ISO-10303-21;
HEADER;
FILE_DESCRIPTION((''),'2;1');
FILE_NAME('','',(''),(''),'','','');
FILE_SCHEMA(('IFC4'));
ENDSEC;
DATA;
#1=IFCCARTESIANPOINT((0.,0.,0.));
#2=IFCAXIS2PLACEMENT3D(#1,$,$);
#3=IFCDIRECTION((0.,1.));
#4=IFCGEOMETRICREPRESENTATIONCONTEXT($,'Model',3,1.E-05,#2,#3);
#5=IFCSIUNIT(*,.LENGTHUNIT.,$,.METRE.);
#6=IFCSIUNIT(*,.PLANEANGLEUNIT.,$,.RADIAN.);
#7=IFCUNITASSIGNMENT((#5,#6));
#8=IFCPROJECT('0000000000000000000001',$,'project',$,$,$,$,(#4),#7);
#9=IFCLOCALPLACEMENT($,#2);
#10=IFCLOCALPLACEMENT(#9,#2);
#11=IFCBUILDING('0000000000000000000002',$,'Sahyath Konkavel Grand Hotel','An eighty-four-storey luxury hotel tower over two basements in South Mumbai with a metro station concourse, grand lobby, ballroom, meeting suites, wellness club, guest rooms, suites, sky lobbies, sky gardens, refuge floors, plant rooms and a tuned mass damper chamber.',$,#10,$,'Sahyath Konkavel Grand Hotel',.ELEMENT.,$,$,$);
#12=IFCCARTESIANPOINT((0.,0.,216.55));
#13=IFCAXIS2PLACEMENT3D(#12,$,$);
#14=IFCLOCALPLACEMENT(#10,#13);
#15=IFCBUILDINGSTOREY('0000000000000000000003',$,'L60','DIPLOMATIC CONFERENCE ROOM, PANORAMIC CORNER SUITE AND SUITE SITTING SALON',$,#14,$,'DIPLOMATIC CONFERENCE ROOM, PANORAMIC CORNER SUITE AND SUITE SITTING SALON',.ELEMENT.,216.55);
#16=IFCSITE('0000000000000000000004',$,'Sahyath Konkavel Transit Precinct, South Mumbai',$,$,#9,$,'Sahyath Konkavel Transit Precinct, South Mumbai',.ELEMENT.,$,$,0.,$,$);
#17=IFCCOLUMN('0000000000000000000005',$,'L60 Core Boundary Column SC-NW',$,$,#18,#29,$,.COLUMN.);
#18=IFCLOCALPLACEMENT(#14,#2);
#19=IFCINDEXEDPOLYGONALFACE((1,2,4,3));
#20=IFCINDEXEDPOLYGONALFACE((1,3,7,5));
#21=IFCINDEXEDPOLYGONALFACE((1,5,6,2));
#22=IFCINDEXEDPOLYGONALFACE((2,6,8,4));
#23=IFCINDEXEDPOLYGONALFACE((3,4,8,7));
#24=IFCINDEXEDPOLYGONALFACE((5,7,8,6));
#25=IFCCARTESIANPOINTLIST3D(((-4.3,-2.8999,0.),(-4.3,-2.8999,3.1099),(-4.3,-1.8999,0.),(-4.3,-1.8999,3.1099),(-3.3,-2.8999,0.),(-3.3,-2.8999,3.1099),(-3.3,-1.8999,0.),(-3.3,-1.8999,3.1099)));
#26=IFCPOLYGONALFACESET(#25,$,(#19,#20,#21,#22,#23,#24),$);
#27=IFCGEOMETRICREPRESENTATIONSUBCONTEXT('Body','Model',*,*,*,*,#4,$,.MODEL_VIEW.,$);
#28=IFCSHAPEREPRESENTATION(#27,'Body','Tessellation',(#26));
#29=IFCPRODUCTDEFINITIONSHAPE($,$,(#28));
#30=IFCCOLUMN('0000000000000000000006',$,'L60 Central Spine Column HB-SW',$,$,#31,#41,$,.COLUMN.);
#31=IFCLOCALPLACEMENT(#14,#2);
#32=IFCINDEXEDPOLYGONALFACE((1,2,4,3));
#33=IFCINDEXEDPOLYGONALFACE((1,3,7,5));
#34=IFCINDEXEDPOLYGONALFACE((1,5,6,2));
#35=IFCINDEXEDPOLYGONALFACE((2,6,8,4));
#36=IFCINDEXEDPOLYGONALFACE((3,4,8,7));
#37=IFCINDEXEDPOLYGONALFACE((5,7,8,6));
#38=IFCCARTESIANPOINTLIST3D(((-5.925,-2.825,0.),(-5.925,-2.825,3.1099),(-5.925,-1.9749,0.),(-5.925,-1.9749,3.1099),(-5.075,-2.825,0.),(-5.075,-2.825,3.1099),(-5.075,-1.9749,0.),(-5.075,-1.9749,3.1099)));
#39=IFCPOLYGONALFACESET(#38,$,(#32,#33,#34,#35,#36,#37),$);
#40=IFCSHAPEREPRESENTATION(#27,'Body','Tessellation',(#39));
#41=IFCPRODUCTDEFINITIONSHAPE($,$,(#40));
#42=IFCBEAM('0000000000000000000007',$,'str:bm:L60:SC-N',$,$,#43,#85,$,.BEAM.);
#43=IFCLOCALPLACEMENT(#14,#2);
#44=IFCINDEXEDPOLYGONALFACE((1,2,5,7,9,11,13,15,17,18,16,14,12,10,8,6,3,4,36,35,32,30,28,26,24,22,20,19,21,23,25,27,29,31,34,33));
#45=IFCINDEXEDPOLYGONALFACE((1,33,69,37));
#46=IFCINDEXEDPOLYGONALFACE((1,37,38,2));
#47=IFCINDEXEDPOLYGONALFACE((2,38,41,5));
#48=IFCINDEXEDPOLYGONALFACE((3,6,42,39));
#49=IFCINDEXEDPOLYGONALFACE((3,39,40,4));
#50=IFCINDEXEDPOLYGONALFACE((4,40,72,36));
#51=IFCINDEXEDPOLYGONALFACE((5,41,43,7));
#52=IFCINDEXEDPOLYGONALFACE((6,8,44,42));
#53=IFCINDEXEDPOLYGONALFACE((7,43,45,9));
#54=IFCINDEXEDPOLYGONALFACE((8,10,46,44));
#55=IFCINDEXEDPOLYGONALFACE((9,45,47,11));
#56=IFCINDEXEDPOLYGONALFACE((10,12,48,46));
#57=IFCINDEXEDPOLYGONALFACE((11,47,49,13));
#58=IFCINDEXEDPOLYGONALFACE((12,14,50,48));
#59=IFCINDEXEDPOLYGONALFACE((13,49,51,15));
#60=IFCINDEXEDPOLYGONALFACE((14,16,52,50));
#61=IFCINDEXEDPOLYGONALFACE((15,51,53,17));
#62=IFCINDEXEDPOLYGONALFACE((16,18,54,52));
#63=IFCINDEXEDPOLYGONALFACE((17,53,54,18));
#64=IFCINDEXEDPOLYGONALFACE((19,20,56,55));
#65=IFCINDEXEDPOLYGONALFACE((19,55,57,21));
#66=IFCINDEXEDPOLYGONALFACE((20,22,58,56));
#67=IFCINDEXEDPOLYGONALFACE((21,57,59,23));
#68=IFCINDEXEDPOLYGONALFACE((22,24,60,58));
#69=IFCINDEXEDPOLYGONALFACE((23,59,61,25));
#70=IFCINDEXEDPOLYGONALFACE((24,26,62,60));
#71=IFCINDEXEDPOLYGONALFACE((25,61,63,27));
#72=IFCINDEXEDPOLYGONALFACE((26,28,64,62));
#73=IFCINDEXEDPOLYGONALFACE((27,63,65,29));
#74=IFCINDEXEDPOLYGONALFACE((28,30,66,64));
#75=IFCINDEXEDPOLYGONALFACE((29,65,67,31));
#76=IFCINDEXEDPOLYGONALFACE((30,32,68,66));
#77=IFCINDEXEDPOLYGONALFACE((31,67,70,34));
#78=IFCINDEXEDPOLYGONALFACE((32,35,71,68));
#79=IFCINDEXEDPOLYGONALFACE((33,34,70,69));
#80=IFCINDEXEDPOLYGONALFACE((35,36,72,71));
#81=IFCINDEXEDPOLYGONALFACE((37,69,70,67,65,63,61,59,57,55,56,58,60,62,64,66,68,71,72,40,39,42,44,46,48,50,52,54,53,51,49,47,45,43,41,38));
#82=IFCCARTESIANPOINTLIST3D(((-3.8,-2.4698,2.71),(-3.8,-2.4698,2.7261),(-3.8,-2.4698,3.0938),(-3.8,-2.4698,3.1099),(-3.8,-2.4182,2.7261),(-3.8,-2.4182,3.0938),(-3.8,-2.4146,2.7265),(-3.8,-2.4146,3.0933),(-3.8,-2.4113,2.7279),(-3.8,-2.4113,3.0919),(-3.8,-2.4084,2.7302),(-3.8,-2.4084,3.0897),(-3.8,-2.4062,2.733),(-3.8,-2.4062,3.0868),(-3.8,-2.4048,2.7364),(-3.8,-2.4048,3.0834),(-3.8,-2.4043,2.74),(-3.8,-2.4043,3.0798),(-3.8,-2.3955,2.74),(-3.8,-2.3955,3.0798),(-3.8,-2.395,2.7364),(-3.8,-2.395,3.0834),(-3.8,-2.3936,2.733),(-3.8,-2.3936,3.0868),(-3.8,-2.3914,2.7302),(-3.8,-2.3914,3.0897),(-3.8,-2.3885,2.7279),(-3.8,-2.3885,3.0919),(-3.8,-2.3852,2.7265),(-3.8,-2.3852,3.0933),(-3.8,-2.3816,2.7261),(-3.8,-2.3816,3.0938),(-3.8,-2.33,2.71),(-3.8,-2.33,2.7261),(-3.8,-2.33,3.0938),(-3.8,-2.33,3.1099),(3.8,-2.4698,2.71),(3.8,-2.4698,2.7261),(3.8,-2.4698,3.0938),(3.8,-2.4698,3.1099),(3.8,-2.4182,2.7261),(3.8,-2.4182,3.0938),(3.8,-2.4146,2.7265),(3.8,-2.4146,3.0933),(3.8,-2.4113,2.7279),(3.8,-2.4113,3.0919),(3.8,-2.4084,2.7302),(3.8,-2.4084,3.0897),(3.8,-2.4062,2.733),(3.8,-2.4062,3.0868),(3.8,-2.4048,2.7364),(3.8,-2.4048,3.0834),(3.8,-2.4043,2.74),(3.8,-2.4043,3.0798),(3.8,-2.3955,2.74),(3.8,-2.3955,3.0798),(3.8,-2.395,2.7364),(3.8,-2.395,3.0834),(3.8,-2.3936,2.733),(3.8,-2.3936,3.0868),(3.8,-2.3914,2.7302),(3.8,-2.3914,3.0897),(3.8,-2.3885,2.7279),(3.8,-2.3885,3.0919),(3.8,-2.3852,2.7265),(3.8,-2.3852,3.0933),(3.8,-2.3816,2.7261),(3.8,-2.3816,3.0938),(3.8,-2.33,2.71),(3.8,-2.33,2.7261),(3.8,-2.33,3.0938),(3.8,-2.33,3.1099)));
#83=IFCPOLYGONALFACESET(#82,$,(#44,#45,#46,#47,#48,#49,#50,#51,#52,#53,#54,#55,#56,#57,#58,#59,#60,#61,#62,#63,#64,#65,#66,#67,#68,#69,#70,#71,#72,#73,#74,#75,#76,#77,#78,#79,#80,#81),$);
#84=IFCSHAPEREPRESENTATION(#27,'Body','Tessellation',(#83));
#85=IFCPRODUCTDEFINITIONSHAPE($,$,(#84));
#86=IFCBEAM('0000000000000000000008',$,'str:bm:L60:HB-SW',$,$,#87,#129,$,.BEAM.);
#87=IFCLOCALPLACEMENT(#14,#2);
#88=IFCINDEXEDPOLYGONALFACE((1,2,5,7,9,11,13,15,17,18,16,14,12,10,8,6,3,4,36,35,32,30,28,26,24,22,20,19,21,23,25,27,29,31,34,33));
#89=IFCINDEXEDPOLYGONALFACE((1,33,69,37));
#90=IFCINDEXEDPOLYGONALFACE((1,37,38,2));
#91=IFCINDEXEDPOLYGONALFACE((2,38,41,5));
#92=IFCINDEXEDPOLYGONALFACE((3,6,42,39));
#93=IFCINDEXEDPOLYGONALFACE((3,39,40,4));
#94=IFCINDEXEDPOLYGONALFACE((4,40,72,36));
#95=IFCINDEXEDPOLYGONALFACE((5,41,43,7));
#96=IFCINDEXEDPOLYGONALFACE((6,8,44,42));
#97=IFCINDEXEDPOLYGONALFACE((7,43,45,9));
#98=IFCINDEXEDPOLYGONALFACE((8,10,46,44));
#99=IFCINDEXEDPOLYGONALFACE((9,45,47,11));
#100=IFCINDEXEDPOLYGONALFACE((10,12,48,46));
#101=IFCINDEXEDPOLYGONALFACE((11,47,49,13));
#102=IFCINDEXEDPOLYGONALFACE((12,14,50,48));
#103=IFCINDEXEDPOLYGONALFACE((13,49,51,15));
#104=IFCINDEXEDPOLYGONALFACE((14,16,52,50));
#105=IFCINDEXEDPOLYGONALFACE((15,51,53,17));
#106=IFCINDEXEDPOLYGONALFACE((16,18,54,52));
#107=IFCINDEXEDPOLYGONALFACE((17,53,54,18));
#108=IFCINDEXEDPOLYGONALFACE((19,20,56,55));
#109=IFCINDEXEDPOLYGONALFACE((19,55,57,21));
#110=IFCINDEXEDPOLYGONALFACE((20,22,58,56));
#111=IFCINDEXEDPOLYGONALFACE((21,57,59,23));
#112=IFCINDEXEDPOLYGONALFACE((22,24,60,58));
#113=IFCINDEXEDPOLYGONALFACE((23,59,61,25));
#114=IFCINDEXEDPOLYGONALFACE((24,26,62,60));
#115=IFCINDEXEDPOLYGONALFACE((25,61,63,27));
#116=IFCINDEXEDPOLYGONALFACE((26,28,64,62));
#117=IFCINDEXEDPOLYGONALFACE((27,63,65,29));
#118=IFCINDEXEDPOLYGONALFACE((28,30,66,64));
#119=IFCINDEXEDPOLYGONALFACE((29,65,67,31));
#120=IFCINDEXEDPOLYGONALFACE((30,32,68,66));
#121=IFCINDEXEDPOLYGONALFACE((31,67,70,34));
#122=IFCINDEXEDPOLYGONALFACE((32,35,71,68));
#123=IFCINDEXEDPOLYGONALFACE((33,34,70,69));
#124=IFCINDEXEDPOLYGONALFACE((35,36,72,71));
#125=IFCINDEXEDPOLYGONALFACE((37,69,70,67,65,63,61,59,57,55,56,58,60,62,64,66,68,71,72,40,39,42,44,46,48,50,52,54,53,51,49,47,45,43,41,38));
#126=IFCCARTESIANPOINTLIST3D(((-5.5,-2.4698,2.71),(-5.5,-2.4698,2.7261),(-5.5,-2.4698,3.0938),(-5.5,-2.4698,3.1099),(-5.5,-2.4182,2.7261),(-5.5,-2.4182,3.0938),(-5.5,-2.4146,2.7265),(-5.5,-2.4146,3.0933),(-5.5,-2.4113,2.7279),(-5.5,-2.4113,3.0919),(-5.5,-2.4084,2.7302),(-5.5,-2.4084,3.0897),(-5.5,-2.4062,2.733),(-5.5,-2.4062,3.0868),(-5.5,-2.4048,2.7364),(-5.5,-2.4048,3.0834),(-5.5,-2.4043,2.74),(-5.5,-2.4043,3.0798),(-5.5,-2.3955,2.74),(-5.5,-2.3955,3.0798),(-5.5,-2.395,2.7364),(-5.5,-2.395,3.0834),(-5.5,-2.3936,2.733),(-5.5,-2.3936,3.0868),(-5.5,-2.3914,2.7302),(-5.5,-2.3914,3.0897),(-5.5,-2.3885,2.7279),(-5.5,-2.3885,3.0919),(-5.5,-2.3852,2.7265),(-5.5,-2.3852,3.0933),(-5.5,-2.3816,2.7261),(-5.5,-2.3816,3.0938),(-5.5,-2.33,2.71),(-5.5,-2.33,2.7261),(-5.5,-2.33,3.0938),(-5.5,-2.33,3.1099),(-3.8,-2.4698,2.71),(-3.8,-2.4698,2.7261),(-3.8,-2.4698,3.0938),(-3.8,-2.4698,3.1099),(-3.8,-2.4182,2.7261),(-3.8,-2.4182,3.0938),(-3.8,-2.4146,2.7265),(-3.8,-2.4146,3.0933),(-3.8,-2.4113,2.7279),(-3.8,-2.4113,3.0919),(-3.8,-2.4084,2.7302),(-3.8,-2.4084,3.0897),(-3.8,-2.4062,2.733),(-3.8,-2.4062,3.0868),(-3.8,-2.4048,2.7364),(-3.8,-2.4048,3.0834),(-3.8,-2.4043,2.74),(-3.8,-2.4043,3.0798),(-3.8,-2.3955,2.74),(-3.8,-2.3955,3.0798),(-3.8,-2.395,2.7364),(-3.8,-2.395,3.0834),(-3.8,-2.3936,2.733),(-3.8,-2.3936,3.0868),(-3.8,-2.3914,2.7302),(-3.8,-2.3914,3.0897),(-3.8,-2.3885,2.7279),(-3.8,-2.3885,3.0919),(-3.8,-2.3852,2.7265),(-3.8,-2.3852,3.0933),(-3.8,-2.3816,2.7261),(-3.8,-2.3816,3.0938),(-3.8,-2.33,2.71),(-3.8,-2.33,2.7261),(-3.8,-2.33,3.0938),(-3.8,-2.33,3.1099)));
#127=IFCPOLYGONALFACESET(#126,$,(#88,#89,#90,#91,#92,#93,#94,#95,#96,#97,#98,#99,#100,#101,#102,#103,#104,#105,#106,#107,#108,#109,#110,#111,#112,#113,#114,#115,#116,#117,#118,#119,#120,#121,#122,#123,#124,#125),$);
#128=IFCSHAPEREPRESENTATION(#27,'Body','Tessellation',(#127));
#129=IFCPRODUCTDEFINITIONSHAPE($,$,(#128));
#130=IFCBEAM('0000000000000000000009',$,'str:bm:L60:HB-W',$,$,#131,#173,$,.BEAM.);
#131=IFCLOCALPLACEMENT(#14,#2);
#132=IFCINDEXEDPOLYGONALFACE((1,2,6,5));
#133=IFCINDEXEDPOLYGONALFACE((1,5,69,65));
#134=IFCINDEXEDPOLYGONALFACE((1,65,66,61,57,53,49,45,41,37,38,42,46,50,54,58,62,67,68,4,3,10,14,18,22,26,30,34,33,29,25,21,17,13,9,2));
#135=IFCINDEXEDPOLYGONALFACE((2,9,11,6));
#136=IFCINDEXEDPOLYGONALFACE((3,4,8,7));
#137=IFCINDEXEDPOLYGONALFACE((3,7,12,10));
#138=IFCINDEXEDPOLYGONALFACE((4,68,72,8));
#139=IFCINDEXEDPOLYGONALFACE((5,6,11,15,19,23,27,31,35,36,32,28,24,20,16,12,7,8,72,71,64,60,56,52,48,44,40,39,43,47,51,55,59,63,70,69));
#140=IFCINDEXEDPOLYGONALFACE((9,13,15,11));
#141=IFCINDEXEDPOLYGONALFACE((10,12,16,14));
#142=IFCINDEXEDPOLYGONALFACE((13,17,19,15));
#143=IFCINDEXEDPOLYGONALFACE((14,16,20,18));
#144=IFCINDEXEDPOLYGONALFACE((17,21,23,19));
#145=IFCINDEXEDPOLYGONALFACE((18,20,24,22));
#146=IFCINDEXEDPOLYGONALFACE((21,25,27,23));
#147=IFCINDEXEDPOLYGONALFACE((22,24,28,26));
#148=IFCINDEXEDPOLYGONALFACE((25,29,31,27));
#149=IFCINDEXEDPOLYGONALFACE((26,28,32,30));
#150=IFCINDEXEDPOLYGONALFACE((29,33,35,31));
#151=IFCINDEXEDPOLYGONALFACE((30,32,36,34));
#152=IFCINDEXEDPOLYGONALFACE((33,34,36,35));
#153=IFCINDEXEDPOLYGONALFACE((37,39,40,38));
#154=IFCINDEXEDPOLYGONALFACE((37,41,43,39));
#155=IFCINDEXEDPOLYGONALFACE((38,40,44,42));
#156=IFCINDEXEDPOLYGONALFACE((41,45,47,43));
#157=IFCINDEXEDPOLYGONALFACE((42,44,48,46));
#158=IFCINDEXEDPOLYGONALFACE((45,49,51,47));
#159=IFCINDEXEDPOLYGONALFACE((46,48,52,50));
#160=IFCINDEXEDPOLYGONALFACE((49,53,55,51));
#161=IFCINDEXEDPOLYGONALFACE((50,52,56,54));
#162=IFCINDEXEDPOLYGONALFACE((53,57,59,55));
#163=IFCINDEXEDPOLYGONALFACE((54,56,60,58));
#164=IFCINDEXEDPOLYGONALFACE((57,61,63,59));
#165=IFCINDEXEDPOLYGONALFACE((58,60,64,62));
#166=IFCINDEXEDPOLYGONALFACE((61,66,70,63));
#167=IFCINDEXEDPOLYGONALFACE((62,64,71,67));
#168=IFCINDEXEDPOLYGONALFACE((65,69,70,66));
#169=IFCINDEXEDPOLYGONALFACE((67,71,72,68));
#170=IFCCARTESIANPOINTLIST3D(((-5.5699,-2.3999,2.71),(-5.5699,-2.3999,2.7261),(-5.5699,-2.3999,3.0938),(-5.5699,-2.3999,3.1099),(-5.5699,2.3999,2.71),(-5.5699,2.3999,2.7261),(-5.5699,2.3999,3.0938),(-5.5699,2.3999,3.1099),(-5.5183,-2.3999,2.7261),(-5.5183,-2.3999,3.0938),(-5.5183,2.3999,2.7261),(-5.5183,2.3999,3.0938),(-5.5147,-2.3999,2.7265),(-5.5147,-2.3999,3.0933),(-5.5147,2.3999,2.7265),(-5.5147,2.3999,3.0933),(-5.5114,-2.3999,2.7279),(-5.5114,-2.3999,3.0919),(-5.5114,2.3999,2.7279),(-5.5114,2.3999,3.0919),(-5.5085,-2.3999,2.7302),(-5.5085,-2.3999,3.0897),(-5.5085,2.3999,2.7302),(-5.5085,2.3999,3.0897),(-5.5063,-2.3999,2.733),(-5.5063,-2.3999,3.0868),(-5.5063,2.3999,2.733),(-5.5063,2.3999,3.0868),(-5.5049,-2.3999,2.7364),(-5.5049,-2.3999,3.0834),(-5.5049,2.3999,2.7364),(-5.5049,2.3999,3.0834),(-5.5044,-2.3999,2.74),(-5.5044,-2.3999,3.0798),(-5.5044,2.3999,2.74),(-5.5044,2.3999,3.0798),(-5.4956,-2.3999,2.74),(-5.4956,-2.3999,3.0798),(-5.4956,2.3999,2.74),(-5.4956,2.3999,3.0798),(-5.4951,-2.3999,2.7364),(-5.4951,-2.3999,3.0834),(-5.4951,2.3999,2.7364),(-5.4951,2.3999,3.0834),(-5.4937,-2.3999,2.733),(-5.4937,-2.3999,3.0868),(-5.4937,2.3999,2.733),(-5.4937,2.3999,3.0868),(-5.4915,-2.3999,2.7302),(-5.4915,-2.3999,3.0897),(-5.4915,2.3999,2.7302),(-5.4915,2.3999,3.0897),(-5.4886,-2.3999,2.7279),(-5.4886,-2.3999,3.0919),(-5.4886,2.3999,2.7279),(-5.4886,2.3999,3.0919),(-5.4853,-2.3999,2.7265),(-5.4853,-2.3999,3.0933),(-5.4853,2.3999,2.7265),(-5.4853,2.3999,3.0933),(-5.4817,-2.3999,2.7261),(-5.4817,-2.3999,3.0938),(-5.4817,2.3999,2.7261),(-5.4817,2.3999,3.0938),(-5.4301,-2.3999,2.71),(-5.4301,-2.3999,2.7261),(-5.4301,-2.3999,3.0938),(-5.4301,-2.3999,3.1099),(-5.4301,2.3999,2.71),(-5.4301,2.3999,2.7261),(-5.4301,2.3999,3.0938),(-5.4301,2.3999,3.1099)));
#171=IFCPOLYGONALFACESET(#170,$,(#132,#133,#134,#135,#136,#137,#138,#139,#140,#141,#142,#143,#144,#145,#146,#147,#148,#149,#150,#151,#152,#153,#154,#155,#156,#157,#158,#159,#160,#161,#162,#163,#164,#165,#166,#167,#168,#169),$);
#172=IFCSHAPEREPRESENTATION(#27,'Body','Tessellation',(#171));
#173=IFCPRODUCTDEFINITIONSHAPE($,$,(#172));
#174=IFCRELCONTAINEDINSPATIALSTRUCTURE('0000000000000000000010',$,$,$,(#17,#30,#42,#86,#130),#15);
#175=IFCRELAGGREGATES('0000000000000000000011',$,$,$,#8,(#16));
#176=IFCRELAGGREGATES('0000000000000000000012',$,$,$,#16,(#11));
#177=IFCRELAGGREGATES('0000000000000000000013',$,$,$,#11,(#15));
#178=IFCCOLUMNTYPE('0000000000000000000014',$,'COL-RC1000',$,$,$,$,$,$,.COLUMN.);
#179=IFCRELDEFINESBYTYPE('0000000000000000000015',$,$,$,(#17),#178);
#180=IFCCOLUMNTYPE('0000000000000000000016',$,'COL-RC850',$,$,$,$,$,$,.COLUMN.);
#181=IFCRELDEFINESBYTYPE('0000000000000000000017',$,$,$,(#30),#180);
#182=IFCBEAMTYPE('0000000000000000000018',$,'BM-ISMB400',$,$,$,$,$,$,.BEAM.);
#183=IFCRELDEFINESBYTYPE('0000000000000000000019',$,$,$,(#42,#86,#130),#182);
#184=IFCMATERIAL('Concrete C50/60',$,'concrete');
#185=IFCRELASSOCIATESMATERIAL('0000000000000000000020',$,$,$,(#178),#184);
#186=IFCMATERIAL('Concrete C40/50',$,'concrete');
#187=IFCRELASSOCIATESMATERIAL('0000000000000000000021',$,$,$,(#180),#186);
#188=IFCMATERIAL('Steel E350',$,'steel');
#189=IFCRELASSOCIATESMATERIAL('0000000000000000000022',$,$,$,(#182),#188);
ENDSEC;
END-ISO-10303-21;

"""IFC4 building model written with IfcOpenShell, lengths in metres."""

from ifc_helpers import new_model, si_unit, direction, frame, origin, origin_2d, place, context, subcontext, project, spatial, rectangle, i_section, extrude, source, transform, mapped, material, material_profile, profile_set, type_object, element, save


model = new_model("IFC4")

# Units and contexts
model_context = context("Model", 3, precision=1e-05, world=origin(), true_north=direction((0.0, 1.0)))
body_context = subcontext(model_context, "Body", "Model", "MODEL_VIEW")
ifc_project = project(units=[si_unit("LENGTHUNIT", "METRE"), si_unit("PLANEANGLEUNIT", "RADIAN")], contexts=[model_context])

# Site, building, storey
site_placement = place(None, origin())
site = spatial("IfcSite", under=ifc_project, at=site_placement, Name="Sahyath Konkavel Transit Precinct, South Mumbai", LongName="Sahyath Konkavel Transit Precinct, South Mumbai", CompositionType="ELEMENT", RefElevation=0.0)
building_placement = place(site_placement, origin())
building = spatial("IfcBuilding", under=site, at=building_placement, Name="Sahyath Konkavel Grand Hotel", Description="An eighty-four-storey luxury hotel tower over two basements in South Mumbai with a metro station concourse, grand lobby, ballroom, meeting suites, wellness club, guest rooms, suites, sky lobbies, sky gardens, refuge floors, plant rooms and a tuned mass damper chamber.", LongName="Sahyath Konkavel Grand Hotel", CompositionType="ELEMENT")
storey_placement = place(building_placement, frame((0.0, 0.0, 216.55)))
storey = spatial("IfcBuildingStorey", under=building, at=storey_placement, Name="L60", Description="DIPLOMATIC CONFERENCE ROOM, PANORAMIC CORNER SUITE AND SUITE SITTING SALON", LongName="DIPLOMATIC CONFERENCE ROOM, PANORAMIC CORNER SUITE AND SUITE SITTING SALON", CompositionType="ELEMENT", Elevation=216.55)

# Columns
ifc_material_1 = material(Name="Concrete C50/60", Category="concrete")
ifc_material_profile_1 = material_profile(ifc_material_1, rectangle(XDim=1.0, YDim=1.0, at=origin_2d()), Name="RC 1000x1000")
ifc_profile_set_1 = profile_set([ifc_material_profile_1], Name="Concrete C50/60")
column_type_1 = type_object("IfcColumnType", Name="COL-RC1000", PredefinedType="COLUMN", material=ifc_profile_set_1)
shared_shape_1 = source(origin(), body_context, "Body", "SweptSolid", [
    extrude(rectangle(XDim=1.0, YDim=1.0, at=origin_2d()), origin(), (0.0, 0.0, 1.0), 3.1099),
])
column_1_placement = place(storey_placement, frame((-3.8, -2.3999, 0.0), z_axis=(0.0, 0.0, 1.0), x_axis=(1.0, 0.0, 0.0)))
element("IfcColumn", 1, at=column_1_placement, inside=storey, type_object=column_type_1, Name="L60 Core Boundary Column SC-NW", PredefinedType="COLUMN", context=body_context, shape_type="MappedRepresentation", body=[
    mapped(shared_shape_1, transform((0.0, 0.0, 0.0), scale=1.0)),
])
ifc_material_2 = material(Name="Concrete C40/50", Category="concrete")
ifc_material_profile_2 = material_profile(ifc_material_2, rectangle(XDim=0.8501, YDim=0.8501, at=origin_2d()), Name="RC 850x850")
ifc_profile_set_2 = profile_set([ifc_material_profile_2], Name="Concrete C40/50")
column_type_2 = type_object("IfcColumnType", Name="COL-RC850", PredefinedType="COLUMN", material=ifc_profile_set_2)
shared_shape_2 = source(origin(), body_context, "Body", "SweptSolid", [
    extrude(rectangle(XDim=0.8501, YDim=0.8501, at=origin_2d()), origin(), (0.0, 0.0, 1.0), 3.1099),
])
column_2_placement = place(storey_placement, frame((-5.5, -2.3999, 0.0), z_axis=(0.0, 0.0, 1.0), x_axis=(1.0, 0.0, 0.0)))
element("IfcColumn", 2, at=column_2_placement, inside=storey, type_object=column_type_2, Name="L60 Central Spine Column HB-SW", PredefinedType="COLUMN", context=body_context, shape_type="MappedRepresentation", body=[
    mapped(shared_shape_2, transform((0.0, 0.0, 0.0), scale=1.0)),
])

# Beams
ifc_material_3 = material(Name="Steel E350", Category="steel")
ifc_material_profile_3 = material_profile(ifc_material_3, i_section(OverallWidth=0.1399, OverallDepth=0.3999, WebThickness=0.0088, FlangeThickness=0.0161, FilletRadius=0.0139, at=origin_2d()), Name="ISMB 400")
ifc_profile_set_3 = profile_set([ifc_material_profile_3], Name="Steel E350")
beam_type_1 = type_object("IfcBeamType", Name="BM-ISMB400", PredefinedType="BEAM", material=ifc_profile_set_3)
shared_shape_3 = source(origin(), body_context, "Body", "SweptSolid", [
    extrude(i_section(OverallWidth=0.1399, OverallDepth=0.3999, WebThickness=0.0088, FlangeThickness=0.0161, FilletRadius=0.0139, at=origin_2d()), origin(), (0.0, 0.0, 1.0), 7.6001),
])
beam_1_placement = place(storey_placement, frame((-3.8, -2.3999, 2.9099), z_axis=(1.0, 0.0, 0.0), x_axis=(0.0, 1.0, 0.0)))
element("IfcBeam", 3, at=beam_1_placement, inside=storey, type_object=beam_type_1, Name="str:bm:L60:SC-N", PredefinedType="BEAM", context=body_context, shape_type="MappedRepresentation", body=[
    mapped(shared_shape_3, transform((0.0, 0.0, 0.0), scale=1.0)),
])
shared_shape_4 = source(origin(), body_context, "Body", "SweptSolid", [
    extrude(i_section(OverallWidth=0.1399, OverallDepth=0.3999, WebThickness=0.0088, FlangeThickness=0.0161, FilletRadius=0.0139, at=origin_2d()), origin(), (0.0, 0.0, 1.0), 1.7),
])
beam_2_placement = place(storey_placement, frame((-5.5, -2.3999, 2.9099), z_axis=(1.0, 0.0, 0.0), x_axis=(0.0, 1.0, 0.0)))
element("IfcBeam", 4, at=beam_2_placement, inside=storey, type_object=beam_type_1, Name="str:bm:L60:HB-SW", PredefinedType="BEAM", context=body_context, shape_type="MappedRepresentation", body=[
    mapped(shared_shape_4, transform((0.0, 0.0, 0.0), scale=1.0)),
])
shared_shape_5 = source(origin(), body_context, "Body", "SweptSolid", [
    extrude(i_section(OverallWidth=0.1399, OverallDepth=0.3999, WebThickness=0.0088, FlangeThickness=0.0161, FilletRadius=0.0139, at=origin_2d()), origin(), (0.0, 0.0, 1.0), 4.7998),
])
beam_3_placement = place(storey_placement, frame((-5.5, -2.3999, 2.9099), z_axis=(0.0, 1.0, 0.0), x_axis=(-1.0, 0.0, 0.0)))
element("IfcBeam", 5, at=beam_3_placement, inside=storey, type_object=beam_type_1, Name="str:bm:L60:HB-W", PredefinedType="BEAM", context=body_context, shape_type="MappedRepresentation", body=[
    mapped(shared_shape_5, transform((0.0, 0.0, 0.0), scale=1.0)),
])

save(model, "model.ifc")
